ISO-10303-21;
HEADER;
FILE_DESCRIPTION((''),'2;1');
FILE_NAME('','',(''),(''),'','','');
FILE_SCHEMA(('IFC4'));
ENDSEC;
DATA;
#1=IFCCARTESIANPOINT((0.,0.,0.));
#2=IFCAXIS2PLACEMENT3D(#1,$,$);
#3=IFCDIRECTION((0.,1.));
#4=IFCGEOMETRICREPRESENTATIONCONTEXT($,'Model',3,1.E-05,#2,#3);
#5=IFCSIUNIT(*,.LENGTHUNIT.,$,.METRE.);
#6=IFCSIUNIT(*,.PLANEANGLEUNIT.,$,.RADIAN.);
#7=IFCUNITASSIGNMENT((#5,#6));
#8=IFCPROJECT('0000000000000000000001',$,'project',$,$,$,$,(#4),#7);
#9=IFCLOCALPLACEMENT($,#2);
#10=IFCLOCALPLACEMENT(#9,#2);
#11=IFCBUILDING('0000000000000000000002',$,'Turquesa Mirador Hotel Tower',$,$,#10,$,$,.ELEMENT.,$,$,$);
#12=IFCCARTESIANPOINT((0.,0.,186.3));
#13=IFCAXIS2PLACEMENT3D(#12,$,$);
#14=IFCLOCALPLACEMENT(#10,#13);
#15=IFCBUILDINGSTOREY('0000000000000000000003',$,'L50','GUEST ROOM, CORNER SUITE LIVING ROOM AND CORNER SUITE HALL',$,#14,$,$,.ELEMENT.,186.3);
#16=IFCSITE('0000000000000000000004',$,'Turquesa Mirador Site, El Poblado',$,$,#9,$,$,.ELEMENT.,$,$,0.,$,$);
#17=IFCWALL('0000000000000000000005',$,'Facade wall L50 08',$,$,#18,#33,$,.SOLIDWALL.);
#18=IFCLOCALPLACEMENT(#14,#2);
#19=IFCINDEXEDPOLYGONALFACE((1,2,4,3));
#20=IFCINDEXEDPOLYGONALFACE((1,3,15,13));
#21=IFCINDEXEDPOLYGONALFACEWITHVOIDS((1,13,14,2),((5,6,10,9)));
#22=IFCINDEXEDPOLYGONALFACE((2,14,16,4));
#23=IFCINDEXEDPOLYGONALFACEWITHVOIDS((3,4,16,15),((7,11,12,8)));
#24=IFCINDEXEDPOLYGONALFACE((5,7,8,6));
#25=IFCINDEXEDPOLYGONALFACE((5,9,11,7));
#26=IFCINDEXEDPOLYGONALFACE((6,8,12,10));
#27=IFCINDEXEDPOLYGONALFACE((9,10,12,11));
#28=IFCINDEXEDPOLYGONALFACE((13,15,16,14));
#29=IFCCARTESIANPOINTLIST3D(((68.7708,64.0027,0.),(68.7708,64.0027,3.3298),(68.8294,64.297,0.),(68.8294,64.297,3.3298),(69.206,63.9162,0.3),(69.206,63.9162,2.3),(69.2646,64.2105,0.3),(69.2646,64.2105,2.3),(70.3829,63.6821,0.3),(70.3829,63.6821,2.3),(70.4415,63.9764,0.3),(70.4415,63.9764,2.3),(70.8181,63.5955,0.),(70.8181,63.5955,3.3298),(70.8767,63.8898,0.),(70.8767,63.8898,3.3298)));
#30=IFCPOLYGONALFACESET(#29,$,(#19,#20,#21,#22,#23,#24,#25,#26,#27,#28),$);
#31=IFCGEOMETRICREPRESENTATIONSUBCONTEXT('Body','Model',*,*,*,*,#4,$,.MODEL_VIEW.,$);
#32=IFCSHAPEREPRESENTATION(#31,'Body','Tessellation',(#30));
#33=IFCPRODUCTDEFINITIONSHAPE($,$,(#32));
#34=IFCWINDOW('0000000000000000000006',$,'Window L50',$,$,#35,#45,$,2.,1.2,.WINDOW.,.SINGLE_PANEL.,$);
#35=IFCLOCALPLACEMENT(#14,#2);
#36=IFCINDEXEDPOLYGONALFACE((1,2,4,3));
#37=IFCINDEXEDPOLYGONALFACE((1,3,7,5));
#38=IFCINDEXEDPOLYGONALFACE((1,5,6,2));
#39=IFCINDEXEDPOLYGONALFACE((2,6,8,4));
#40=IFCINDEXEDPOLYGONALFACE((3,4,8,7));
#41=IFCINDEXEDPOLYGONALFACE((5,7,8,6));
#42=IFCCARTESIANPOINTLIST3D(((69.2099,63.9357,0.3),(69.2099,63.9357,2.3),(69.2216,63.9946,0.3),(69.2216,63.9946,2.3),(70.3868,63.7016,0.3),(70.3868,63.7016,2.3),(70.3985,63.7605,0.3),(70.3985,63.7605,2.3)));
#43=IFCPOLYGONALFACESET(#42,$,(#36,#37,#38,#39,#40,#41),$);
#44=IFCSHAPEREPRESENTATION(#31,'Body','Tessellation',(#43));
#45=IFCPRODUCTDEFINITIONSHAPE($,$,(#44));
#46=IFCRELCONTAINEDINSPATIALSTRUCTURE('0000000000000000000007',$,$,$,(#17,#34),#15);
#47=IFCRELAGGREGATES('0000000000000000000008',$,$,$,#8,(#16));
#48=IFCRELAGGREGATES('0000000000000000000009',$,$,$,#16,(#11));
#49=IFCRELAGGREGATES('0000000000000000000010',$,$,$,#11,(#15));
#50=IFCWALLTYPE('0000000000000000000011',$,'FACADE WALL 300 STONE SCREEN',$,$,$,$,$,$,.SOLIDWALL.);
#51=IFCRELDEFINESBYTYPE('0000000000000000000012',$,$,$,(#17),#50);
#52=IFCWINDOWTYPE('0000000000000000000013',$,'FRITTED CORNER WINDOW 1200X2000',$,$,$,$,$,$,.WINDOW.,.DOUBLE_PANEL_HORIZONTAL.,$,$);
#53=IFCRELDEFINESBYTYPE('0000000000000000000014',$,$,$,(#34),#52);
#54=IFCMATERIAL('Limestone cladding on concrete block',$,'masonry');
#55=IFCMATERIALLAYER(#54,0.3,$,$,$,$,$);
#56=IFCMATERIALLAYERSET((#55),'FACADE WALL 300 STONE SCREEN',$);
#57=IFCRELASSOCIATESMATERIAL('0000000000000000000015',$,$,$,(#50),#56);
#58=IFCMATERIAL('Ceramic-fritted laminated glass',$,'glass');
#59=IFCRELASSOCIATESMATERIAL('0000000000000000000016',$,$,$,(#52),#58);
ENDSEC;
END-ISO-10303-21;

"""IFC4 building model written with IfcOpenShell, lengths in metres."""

from ifc_helpers import new_model, si_unit, direction, frame, frame_2d, origin, place, context, subcontext, project, spatial, rectangle, extrude, material, layer, layer_set, type_object, element, fill, save


model = new_model("IFC4")

# Units and contexts
model_context = context("Model", 3, precision=1e-05, world=origin(), true_north=direction((0.0, 1.0)))
body_context = subcontext(model_context, "Body", "Model", "MODEL_VIEW")
ifc_project = project(units=[si_unit("LENGTHUNIT", "METRE"), si_unit("PLANEANGLEUNIT", "RADIAN")], contexts=[model_context])

# Site, building, storey
site_placement = place(None, origin())
site = spatial("IfcSite", under=ifc_project, at=site_placement, Name="Turquesa Mirador Site, El Poblado", CompositionType="ELEMENT", RefElevation=0.0)
building_placement = place(site_placement, origin())
building = spatial("IfcBuilding", under=site, at=building_placement, Name="Turquesa Mirador Hotel Tower", CompositionType="ELEMENT")
storey_placement = place(building_placement, frame((0.0, 0.0, 186.3)))
storey = spatial("IfcBuildingStorey", under=building, at=storey_placement, Name="L50", Description="GUEST ROOM, CORNER SUITE LIVING ROOM AND CORNER SUITE HALL", CompositionType="ELEMENT", Elevation=186.3)

# Wall, opening, window
ifc_material_1 = material(Name="Limestone cladding on concrete block", Category="masonry")
ifc_layer_1 = layer(ifc_material_1, 0.3)
ifc_layer_set_1 = layer_set([ifc_layer_1], Name="FACADE WALL 300 STONE SCREEN")
wall_type_1 = type_object("IfcWallType", Name="FACADE WALL 300 STONE SCREEN", PredefinedType="SOLIDWALL", material=ifc_layer_set_1)
ifc_material_2 = material(Name="Ceramic-fritted laminated glass", Category="glass")
window_type_1 = type_object("IfcWindowType", Name="FRITTED CORNER WINDOW 1200X2000", PartitioningType="DOUBLE_PANEL_HORIZONTAL", PredefinedType="WINDOW", material=ifc_material_2)
wall_1_placement = place(storey_placement, frame((70.8474, 63.7427, 0.0), z_axis=(0.0, 0.0, 1.0), x_axis=(-0.980787, 0.195081, 0.0)))
wall_1 = element("IfcWall", 1, at=wall_1_placement, inside=storey, type_object=wall_type_1, Name="Facade wall L50 08", PredefinedType="SOLIDWALL", context=body_context, shape_type="SweptSolid", body=[
    extrude(rectangle(XDim=2.0874, YDim=0.3, at=frame_2d((1.0437, 0.0))), origin(), (0.0, 0.0, 1.0), 3.3298),
])
opening_1_placement = place(wall_1_placement, frame((0.4436, 0.0, 0.3)))
opening_1 = element("IfcOpeningElement", 2, at=opening_1_placement, cuts=wall_1, PredefinedType="OPENING", context=body_context, shape_type="SweptSolid", body=[
    extrude(rectangle(XDim=1.2, YDim=2.0, at=frame_2d((0.6001, 1.0))), frame((0.0, 0.1599, 0.0), z_axis=(0.0, -1.0, 0.0), x_axis=(1.0, 0.0, 0.0)), (0.0, 0.0, 1.0), 0.3201),
])
window_1_placement = place(opening_1_placement, origin())
window_1 = element("IfcWindow", 3, at=window_1_placement, inside=storey, type_object=window_type_1, Name="Window L50", OverallHeight=2.0, OverallWidth=1.2, PartitioningType="SINGLE_PANEL", PredefinedType="WINDOW", context=body_context, shape_type="SweptSolid", body=[
    extrude(rectangle(XDim=1.2, YDim=2.0, at=frame_2d((0.6001, 1.0))), frame((0.0, 0.1301, 0.0), z_axis=(0.0, -1.0, 0.0), x_axis=(1.0, 0.0, 0.0)), (0.0, 0.0, 1.0), 0.0601),
])
fill(opening_1, window_1)

save(model, "model.ifc")
